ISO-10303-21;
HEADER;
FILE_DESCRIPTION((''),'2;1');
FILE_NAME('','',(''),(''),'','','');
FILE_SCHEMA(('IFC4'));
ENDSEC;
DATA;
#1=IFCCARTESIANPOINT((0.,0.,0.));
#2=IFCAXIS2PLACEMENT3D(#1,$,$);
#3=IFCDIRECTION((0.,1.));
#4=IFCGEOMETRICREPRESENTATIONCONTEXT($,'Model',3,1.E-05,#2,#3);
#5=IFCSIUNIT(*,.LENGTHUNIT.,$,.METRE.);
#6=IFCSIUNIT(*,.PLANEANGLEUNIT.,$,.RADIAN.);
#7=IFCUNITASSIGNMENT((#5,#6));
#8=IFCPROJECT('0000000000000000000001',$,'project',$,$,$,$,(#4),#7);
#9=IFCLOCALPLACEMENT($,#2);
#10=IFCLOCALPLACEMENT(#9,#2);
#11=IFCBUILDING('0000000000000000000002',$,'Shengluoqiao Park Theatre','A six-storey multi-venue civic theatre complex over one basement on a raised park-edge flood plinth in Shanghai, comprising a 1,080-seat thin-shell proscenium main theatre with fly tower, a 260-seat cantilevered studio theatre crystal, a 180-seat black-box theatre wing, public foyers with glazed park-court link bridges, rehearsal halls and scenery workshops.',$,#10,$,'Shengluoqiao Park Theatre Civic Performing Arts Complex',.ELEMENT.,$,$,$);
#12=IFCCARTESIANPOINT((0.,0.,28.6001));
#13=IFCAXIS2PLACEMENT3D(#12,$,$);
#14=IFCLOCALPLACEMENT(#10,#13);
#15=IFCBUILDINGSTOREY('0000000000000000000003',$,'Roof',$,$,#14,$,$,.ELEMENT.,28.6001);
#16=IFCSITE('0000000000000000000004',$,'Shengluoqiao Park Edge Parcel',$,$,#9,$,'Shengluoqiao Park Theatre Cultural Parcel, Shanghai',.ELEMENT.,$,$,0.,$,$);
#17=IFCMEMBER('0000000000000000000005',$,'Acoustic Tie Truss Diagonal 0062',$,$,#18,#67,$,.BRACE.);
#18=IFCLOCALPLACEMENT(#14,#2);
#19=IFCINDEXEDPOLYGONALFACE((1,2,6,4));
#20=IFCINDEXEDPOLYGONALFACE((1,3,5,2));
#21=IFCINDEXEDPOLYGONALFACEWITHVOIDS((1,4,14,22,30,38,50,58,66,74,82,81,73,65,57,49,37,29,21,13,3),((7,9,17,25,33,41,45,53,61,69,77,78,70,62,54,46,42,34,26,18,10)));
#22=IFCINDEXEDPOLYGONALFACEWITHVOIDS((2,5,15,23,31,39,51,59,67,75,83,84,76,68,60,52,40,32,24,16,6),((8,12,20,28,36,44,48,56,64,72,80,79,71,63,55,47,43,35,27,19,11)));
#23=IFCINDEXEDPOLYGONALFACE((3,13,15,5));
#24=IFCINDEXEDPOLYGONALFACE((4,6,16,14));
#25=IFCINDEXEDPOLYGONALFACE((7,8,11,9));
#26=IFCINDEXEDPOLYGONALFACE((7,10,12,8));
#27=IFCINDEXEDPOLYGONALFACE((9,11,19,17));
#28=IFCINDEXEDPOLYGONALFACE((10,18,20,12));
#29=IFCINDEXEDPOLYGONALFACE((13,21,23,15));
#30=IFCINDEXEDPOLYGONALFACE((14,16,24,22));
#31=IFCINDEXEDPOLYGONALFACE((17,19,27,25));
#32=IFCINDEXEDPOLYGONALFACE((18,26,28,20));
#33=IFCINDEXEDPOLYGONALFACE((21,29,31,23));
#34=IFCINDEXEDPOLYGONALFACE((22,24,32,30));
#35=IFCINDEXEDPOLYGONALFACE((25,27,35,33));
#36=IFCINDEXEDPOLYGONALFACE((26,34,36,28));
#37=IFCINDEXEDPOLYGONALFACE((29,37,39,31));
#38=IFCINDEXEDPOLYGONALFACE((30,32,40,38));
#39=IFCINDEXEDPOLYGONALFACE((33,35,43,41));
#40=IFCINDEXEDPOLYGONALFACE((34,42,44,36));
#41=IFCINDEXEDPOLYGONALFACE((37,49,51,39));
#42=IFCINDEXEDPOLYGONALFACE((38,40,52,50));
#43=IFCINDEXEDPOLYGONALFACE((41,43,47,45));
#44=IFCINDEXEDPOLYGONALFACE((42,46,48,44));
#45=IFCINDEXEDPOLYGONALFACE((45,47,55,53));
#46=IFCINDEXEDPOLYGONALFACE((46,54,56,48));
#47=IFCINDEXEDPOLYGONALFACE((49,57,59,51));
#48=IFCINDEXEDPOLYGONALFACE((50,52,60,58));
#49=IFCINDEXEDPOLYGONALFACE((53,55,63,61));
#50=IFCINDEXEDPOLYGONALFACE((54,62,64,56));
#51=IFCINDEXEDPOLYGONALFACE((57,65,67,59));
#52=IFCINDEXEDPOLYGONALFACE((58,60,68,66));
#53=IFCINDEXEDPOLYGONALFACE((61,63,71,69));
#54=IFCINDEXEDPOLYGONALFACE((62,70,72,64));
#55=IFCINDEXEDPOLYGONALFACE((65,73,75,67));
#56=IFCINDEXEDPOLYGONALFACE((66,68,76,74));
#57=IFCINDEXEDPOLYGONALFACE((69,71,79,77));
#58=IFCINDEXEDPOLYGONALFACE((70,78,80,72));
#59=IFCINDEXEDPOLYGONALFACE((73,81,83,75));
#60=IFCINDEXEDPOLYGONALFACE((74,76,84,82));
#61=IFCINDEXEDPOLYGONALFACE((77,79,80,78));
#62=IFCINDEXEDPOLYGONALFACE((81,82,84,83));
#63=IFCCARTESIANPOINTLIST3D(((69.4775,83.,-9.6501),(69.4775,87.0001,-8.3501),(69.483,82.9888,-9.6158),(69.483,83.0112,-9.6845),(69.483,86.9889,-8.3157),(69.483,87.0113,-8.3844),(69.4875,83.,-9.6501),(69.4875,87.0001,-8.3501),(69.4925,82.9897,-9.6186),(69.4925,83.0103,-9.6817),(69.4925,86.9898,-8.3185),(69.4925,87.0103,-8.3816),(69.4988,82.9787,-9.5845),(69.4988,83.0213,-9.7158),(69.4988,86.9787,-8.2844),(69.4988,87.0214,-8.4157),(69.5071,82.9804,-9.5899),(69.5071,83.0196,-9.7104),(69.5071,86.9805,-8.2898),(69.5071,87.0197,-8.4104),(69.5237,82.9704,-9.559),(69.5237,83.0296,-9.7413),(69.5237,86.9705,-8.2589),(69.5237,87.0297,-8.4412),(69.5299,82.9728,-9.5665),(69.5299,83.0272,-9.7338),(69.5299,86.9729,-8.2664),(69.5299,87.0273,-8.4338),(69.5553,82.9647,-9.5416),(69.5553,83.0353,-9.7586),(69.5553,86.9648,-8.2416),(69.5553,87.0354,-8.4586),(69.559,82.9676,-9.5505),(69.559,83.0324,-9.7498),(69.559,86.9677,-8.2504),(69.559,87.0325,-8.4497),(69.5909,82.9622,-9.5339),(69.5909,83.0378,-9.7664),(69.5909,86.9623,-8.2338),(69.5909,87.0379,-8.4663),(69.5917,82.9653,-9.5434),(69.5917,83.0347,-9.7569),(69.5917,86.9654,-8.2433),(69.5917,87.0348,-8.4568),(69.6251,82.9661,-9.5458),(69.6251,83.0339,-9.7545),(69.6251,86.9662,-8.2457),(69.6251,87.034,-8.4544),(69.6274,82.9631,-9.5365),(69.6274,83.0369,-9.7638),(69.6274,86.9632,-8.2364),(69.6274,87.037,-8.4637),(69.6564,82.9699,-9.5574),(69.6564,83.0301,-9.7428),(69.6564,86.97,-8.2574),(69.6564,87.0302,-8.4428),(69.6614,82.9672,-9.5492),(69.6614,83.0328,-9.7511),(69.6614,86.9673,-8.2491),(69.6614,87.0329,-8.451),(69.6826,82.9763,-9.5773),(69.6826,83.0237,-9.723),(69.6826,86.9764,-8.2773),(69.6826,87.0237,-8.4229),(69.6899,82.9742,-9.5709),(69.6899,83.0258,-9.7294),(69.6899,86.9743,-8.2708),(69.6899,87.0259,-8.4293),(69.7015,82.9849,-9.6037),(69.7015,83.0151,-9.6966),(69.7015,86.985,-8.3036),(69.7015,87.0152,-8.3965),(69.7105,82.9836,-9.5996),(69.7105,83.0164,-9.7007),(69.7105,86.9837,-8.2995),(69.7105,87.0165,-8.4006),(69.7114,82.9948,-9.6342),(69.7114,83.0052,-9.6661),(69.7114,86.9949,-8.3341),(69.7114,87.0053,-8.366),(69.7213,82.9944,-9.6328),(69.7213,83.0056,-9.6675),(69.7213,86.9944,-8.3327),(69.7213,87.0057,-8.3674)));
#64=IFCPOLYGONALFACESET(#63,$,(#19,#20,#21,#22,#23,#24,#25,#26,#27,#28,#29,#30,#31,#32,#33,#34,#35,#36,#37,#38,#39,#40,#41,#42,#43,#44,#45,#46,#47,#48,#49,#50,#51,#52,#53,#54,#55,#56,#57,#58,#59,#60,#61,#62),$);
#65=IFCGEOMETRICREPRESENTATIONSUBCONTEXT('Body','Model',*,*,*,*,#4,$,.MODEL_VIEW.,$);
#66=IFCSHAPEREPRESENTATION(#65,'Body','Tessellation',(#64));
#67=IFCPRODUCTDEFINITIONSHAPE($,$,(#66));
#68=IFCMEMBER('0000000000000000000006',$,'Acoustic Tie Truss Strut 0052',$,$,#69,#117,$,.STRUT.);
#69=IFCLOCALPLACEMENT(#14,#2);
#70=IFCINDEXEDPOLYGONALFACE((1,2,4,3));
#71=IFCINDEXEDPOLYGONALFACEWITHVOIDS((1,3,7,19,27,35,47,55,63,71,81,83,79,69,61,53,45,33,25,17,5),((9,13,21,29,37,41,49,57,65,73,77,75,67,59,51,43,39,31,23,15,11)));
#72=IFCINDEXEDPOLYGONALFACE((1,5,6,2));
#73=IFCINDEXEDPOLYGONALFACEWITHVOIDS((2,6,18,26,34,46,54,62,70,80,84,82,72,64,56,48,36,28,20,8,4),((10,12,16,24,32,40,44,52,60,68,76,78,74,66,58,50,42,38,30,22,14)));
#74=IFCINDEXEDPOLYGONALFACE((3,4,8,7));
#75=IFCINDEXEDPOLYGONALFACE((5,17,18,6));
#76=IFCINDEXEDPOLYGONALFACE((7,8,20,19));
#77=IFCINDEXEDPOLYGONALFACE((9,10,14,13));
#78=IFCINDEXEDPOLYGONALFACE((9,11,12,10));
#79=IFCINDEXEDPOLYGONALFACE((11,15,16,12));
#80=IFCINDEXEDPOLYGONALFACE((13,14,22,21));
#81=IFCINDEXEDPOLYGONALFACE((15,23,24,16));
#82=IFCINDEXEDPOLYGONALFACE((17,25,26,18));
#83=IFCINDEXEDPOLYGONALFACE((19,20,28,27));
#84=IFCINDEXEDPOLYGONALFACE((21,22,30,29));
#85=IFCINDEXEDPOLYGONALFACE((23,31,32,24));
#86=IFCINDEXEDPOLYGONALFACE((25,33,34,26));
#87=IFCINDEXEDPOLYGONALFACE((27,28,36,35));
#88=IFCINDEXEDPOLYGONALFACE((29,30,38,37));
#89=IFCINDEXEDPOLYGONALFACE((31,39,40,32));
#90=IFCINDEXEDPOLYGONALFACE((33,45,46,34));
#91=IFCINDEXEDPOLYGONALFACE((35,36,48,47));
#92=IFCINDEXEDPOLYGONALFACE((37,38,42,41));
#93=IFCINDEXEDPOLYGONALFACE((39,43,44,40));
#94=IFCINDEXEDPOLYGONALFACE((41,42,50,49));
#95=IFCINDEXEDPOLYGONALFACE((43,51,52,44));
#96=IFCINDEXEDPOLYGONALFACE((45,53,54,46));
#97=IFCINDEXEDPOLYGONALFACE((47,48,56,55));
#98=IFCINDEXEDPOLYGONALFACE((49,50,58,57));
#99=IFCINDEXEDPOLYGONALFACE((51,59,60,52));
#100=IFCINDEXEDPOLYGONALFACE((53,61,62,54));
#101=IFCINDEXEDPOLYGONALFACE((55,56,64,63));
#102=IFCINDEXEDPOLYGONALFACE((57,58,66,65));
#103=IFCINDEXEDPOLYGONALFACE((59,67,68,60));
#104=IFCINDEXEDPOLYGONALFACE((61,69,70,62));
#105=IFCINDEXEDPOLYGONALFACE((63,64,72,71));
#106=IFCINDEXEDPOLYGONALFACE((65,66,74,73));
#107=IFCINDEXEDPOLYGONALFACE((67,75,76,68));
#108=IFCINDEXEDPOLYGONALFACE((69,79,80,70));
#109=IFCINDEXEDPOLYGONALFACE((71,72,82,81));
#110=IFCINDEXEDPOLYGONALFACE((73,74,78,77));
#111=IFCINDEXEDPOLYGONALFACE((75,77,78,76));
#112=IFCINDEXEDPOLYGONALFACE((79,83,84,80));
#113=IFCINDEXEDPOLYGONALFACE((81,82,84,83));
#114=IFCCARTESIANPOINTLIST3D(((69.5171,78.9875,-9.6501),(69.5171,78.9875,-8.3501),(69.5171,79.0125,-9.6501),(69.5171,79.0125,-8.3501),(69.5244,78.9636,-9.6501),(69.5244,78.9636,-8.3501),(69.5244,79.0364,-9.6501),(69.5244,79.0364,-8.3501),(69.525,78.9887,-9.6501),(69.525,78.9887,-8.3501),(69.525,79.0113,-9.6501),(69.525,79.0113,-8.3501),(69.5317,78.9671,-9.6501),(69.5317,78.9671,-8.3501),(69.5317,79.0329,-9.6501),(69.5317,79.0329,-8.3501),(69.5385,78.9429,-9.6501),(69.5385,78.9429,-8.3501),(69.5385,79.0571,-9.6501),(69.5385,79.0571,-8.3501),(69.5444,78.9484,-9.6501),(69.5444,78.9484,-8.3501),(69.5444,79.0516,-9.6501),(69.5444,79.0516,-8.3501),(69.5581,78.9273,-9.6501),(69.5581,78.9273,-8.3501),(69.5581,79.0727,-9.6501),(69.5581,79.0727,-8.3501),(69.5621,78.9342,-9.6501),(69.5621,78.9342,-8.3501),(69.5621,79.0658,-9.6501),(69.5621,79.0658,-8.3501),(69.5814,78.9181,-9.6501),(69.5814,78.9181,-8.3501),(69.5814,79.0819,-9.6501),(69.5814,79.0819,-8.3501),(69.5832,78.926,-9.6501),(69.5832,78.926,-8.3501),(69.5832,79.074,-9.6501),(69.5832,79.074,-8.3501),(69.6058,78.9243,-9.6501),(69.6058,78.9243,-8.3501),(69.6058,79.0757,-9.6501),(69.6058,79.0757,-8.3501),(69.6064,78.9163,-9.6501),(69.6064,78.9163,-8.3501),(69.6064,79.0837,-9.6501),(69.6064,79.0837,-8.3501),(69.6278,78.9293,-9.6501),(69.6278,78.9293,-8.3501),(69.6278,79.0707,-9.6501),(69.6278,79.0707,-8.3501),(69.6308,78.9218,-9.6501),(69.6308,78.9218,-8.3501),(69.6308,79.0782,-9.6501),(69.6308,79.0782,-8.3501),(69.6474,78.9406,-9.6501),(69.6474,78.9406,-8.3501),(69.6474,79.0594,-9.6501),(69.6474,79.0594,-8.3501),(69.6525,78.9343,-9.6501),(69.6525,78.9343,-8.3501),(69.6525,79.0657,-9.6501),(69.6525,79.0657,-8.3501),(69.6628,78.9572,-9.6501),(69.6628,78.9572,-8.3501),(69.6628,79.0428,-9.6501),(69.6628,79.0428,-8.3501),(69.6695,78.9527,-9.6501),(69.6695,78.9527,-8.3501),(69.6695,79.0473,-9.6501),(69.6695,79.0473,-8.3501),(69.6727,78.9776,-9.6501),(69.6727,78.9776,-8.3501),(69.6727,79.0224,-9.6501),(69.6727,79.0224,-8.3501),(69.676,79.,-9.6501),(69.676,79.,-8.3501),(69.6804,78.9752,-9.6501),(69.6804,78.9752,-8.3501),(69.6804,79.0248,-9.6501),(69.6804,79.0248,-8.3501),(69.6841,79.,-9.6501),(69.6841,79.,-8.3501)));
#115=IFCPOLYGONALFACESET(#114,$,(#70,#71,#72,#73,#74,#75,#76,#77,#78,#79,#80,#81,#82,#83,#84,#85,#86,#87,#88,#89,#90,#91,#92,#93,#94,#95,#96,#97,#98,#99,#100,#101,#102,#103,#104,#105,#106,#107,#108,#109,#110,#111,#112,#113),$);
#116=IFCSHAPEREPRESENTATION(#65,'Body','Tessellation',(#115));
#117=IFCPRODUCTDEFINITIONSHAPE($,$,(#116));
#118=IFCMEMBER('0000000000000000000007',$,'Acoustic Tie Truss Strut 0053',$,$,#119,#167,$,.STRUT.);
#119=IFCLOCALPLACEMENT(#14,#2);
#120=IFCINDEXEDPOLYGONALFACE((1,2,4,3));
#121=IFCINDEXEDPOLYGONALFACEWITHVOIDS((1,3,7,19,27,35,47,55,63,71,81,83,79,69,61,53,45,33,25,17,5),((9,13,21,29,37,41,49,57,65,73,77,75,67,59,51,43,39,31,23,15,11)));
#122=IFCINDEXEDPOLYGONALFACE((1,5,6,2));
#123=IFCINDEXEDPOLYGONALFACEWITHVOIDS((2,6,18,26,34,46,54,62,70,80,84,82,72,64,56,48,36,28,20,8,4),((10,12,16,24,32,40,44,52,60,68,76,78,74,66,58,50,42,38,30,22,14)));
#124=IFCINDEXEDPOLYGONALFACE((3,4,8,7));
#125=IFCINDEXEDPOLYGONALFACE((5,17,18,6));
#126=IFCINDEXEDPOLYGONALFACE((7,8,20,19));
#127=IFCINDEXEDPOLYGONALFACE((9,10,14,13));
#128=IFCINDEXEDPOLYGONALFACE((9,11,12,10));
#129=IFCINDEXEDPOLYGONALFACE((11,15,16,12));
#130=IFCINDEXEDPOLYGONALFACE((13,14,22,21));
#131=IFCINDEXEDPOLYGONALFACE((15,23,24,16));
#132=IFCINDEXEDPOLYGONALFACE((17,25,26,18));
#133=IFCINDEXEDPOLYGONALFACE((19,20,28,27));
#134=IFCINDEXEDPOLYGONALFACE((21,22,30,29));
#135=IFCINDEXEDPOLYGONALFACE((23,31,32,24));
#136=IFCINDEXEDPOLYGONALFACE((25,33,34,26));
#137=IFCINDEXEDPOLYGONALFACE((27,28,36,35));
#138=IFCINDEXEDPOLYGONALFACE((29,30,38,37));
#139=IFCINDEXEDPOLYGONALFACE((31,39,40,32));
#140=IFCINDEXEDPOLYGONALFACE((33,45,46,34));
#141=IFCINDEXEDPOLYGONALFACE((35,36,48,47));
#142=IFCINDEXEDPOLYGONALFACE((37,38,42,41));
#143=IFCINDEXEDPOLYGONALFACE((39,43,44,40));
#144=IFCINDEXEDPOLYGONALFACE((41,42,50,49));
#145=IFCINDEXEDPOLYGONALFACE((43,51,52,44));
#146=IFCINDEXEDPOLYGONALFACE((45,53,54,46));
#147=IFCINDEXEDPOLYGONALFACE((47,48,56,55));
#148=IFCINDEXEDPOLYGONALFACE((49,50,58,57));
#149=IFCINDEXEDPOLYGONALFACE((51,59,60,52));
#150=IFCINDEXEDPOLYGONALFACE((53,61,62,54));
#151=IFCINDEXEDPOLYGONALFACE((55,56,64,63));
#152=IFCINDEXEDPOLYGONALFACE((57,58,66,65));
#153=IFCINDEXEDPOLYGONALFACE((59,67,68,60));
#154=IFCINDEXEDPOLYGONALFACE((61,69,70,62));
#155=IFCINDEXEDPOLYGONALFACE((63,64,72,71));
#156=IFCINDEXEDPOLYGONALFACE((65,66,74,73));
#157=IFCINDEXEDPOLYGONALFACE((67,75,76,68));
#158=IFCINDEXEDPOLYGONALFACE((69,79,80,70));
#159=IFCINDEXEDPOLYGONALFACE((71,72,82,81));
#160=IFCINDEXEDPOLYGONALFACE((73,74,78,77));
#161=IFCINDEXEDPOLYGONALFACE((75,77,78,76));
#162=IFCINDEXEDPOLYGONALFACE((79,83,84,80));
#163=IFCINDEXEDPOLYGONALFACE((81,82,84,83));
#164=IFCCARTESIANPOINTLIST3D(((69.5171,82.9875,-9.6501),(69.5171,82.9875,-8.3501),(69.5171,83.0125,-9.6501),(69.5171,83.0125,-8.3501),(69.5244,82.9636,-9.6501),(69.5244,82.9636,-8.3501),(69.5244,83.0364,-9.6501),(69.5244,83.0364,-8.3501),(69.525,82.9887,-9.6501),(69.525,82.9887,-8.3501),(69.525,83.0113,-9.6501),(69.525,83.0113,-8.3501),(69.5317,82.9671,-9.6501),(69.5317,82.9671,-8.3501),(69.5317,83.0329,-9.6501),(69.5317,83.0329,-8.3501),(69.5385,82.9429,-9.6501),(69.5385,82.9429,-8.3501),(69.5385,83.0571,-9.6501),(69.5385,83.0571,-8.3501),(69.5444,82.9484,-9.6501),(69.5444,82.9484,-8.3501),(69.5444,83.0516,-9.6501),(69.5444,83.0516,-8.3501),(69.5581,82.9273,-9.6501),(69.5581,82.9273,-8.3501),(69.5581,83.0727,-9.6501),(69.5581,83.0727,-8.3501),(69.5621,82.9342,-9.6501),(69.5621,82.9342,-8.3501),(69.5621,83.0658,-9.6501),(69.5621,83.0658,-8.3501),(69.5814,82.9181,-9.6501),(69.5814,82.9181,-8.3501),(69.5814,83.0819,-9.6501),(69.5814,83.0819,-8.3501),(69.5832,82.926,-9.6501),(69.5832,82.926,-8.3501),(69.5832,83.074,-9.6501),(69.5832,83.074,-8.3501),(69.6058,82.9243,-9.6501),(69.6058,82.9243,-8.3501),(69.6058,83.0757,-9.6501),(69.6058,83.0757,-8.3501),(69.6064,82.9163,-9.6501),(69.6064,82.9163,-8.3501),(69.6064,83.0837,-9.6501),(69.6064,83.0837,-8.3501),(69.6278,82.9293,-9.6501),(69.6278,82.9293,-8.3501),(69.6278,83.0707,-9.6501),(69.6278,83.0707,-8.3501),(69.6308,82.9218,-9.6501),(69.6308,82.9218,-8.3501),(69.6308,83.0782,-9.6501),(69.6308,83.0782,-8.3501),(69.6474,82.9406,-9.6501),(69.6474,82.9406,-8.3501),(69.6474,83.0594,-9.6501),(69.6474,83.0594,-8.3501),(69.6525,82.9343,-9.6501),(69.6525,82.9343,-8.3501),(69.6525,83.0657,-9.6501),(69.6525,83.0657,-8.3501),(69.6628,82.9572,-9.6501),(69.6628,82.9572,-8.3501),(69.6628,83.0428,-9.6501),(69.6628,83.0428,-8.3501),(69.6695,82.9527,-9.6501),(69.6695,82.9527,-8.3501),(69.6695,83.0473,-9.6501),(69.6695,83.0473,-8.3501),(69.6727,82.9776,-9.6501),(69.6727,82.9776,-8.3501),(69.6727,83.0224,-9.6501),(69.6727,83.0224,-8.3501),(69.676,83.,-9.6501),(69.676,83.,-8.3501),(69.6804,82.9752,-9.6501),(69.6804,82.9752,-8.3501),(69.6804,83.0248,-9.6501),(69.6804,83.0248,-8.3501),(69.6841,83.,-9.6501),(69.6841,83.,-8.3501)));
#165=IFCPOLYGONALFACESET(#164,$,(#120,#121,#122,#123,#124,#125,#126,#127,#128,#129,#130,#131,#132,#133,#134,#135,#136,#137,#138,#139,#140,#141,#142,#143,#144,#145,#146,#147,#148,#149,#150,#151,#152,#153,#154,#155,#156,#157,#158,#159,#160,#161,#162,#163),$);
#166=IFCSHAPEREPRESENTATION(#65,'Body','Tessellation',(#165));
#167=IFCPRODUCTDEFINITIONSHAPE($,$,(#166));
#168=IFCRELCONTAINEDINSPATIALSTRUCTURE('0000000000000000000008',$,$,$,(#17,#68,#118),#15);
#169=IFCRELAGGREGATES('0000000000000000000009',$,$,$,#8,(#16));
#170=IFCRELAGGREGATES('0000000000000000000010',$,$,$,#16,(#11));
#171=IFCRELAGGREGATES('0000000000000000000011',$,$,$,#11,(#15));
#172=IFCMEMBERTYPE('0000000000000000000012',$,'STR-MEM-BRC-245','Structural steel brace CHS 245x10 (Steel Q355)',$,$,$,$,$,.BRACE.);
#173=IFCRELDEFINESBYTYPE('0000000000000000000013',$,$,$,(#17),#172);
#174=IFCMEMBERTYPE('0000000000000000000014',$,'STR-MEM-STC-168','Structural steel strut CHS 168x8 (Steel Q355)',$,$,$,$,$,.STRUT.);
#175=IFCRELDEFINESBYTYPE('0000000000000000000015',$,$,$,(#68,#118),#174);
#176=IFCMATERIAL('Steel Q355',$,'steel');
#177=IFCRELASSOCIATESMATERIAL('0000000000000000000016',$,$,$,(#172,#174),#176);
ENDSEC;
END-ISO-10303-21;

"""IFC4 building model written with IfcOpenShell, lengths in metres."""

from ifc_helpers import new_model, si_unit, direction, frame, origin, origin_2d, place, context, subcontext, project, spatial, hollow_circle, extrude, material, material_profile, profile_set, type_object, element, save


model = new_model("IFC4")

# Units and contexts
model_context = context("Model", 3, precision=1e-05, world=origin(), true_north=direction((0.0, 1.0)))
body_context = subcontext(model_context, "Body", "Model", "MODEL_VIEW")
ifc_project = project(units=[si_unit("LENGTHUNIT", "METRE"), si_unit("PLANEANGLEUNIT", "RADIAN")], contexts=[model_context])

# Site, building, storey
site_placement = place(None, origin())
site = spatial("IfcSite", under=ifc_project, at=site_placement, Name="Shengluoqiao Park Edge Parcel", LongName="Shengluoqiao Park Theatre Cultural Parcel, Shanghai", CompositionType="ELEMENT", RefElevation=0.0)
building_placement = place(site_placement, origin())
building = spatial("IfcBuilding", under=site, at=building_placement, Name="Shengluoqiao Park Theatre", Description="A six-storey multi-venue civic theatre complex over one basement on a raised park-edge flood plinth in Shanghai, comprising a 1,080-seat thin-shell proscenium main theatre with fly tower, a 260-seat cantilevered studio theatre crystal, a 180-seat black-box theatre wing, public foyers with glazed park-court link bridges, rehearsal halls and scenery workshops.", LongName="Shengluoqiao Park Theatre Civic Performing Arts Complex", CompositionType="ELEMENT")
storey_placement = place(building_placement, frame((0.0, 0.0, 28.6001)))
storey = spatial("IfcBuildingStorey", under=building, at=storey_placement, Name="Roof", CompositionType="ELEMENT", Elevation=28.6001)

# Shared definitions
ifc_material = material(Name="Steel Q355", Category="steel")

# Members
ifc_material_profile_1 = material_profile(ifc_material, hollow_circle(Radius=0.1226, WallThickness=0.01, at=origin_2d()), Name="CHS 245x10")
ifc_profile_set_1 = profile_set([ifc_material_profile_1], Name="Steel Q355")
member_type_1 = type_object("IfcMemberType", Name="STR-MEM-BRC-245", Description="Structural steel brace CHS 245x10 (Steel Q355)", PredefinedType="BRACE", material=ifc_profile_set_1)
for number, where, z_axis, x_axis, name in (
    (1, (69.6001, 83.0, -9.6501), (0.0, 0.951031, 0.309097), (-1.0, 0.0, 0.0), "Acoustic Tie Truss Diagonal 0062"),
):
    element("IfcMember", number, at=place(storey_placement, frame(where, z_axis=z_axis, x_axis=x_axis)), inside=storey, type_object=member_type_1, Name=name, PredefinedType="BRACE", context=body_context, shape_type="SweptSolid", body=[
        extrude(hollow_circle(Radius=0.1226, WallThickness=0.01, at=origin_2d()), origin(), (0.0, 0.0, 1.0), 4.2061),
    ])
ifc_material_profile_2 = material_profile(ifc_material, hollow_circle(Radius=0.084, WallThickness=0.0081, at=origin_2d()), Name="CHS 168x8")
ifc_profile_set_2 = profile_set([ifc_material_profile_2], Name="Steel Q355")
member_type_2 = type_object("IfcMemberType", Name="STR-MEM-STC-168", Description="Structural steel strut CHS 168x8 (Steel Q355)", PredefinedType="STRUT", material=ifc_profile_set_2)
for number, where, z_axis, x_axis, name in (
    (2, (69.6001, 79.0, -9.6501), (0.0, 0.0, 1.0), (1.0, 0.0, 0.0), "Acoustic Tie Truss Strut 0052"),
    (3, (69.6001, 83.0, -9.6501), (0.0, 0.0, 1.0), (1.0, 0.0, 0.0), "Acoustic Tie Truss Strut 0053"),
):
    element("IfcMember", number, at=place(storey_placement, frame(where, z_axis=z_axis, x_axis=x_axis)), inside=storey, type_object=member_type_2, Name=name, PredefinedType="STRUT", context=body_context, shape_type="SweptSolid", body=[
        extrude(hollow_circle(Radius=0.084, WallThickness=0.0081, at=origin_2d()), origin(), (0.0, 0.0, 1.0), 1.3),
    ])

save(model, "model.ifc")
